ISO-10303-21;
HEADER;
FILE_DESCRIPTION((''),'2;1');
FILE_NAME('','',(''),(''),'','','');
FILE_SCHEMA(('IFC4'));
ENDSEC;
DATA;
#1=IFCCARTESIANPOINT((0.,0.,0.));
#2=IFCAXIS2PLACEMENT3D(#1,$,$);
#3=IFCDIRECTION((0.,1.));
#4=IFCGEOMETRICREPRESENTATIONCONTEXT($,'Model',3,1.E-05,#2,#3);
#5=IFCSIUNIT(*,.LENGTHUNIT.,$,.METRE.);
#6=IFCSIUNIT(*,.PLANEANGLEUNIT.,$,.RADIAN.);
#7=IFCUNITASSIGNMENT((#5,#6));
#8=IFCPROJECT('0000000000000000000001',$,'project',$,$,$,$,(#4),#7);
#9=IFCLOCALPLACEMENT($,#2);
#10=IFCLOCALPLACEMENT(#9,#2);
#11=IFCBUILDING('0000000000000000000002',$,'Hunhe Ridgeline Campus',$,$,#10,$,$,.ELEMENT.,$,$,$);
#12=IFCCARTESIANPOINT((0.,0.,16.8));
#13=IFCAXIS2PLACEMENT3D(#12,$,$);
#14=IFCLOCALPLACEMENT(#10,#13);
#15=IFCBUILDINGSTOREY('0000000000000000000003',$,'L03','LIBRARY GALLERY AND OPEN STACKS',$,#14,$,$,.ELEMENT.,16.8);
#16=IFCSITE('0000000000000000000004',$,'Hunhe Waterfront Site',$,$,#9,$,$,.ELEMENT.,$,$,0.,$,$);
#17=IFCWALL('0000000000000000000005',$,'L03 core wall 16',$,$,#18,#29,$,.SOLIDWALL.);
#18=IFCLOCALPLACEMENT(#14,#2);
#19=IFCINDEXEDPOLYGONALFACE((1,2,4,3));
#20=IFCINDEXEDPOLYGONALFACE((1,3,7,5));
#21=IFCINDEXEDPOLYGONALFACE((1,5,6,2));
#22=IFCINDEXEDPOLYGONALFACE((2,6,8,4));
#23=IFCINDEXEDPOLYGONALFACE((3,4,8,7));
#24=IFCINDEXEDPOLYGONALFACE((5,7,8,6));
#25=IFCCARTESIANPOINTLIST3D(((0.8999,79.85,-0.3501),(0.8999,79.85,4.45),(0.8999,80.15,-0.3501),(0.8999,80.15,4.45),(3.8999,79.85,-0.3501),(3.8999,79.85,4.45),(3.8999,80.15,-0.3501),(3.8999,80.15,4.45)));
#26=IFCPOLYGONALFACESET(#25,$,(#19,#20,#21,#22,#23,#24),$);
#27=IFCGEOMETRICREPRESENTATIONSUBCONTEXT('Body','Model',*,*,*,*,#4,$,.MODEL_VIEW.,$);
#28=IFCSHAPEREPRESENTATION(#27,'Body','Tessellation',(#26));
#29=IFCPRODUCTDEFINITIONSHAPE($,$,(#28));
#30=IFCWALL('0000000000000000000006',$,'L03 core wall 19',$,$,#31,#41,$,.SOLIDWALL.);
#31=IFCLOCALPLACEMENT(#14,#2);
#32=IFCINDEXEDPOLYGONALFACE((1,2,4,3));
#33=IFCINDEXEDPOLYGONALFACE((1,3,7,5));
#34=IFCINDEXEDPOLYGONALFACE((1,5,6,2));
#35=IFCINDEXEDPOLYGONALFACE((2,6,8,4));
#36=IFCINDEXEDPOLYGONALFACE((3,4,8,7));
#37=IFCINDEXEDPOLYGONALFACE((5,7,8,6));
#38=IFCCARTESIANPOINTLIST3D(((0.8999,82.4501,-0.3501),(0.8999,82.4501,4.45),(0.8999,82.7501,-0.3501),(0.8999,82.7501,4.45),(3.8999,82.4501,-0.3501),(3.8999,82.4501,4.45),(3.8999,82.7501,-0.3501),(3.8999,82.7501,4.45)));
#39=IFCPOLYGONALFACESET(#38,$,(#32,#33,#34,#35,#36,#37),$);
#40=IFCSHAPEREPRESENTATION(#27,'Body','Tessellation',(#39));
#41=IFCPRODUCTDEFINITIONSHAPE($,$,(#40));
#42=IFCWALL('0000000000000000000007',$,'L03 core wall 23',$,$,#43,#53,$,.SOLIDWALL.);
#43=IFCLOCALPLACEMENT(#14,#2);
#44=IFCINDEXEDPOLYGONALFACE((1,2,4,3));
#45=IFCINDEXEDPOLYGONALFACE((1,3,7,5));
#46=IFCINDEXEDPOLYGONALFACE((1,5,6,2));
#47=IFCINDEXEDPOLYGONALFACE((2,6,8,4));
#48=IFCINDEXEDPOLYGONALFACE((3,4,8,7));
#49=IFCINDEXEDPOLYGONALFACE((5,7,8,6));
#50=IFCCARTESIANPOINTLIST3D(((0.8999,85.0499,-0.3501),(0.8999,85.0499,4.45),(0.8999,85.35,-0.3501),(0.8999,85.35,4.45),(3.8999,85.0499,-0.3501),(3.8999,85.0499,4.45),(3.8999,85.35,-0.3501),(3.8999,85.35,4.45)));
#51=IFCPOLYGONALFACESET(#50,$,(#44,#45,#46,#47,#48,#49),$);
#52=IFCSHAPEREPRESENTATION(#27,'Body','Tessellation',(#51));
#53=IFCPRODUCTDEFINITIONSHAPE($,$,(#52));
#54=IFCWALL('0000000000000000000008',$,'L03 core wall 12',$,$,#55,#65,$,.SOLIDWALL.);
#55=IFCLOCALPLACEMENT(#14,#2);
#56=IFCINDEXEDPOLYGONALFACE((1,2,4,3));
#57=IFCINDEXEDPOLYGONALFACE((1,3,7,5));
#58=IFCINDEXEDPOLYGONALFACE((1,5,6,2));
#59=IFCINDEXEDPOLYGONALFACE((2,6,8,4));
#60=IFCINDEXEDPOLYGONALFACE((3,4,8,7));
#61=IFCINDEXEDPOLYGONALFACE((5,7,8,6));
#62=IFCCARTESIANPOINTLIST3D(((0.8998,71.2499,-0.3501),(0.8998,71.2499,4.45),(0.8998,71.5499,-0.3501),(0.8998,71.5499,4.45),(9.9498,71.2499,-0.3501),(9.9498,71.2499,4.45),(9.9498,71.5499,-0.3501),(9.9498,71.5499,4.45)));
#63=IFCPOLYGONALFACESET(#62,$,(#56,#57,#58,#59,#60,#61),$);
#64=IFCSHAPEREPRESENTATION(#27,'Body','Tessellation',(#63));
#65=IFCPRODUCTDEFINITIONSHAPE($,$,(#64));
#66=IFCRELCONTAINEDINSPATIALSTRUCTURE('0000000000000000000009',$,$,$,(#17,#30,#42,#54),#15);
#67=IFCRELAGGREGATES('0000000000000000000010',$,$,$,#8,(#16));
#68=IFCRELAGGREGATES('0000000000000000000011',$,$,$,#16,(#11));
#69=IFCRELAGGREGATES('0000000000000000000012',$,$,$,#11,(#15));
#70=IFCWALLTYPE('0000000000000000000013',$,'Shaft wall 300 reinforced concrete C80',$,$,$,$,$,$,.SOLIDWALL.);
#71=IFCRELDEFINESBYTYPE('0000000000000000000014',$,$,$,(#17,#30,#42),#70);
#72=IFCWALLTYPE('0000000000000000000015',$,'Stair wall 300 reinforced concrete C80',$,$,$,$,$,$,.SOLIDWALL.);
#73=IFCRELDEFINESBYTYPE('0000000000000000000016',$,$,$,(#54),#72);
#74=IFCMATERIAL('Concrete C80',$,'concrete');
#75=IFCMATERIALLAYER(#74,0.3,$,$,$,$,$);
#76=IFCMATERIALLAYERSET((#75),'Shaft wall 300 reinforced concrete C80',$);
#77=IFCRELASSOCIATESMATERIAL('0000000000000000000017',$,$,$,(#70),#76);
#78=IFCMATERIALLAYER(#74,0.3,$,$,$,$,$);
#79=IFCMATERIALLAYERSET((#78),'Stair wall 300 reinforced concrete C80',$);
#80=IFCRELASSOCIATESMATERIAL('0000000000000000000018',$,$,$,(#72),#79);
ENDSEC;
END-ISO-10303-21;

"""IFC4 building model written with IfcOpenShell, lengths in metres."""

from ifc_helpers import new_model, si_unit, direction, frame, frame_2d, origin, place, context, subcontext, project, spatial, rectangle, extrude, material, layer, layer_set, type_object, element, save


model = new_model("IFC4")

# Units and contexts
model_context = context("Model", 3, precision=1e-05, world=origin(), true_north=direction((0.0, 1.0)))
body_context = subcontext(model_context, "Body", "Model", "MODEL_VIEW")
ifc_project = project(units=[si_unit("LENGTHUNIT", "METRE"), si_unit("PLANEANGLEUNIT", "RADIAN")], contexts=[model_context])

# Site, building, storey
site_placement = place(None, origin())
site = spatial("IfcSite", under=ifc_project, at=site_placement, Name="Hunhe Waterfront Site", CompositionType="ELEMENT", RefElevation=0.0)
building_placement = place(site_placement, origin())
building = spatial("IfcBuilding", under=site, at=building_placement, Name="Hunhe Ridgeline Campus", CompositionType="ELEMENT")
storey_placement = place(building_placement, frame((0.0, 0.0, 16.8)))
storey = spatial("IfcBuildingStorey", under=building, at=storey_placement, Name="L03", Description="LIBRARY GALLERY AND OPEN STACKS", CompositionType="ELEMENT", Elevation=16.8)

# Shared definitions
ifc_material_1 = material(Name="Concrete C80", Category="concrete")
ifc_layer_1 = layer(ifc_material_1, 0.3)
ifc_layer_set_1 = layer_set([ifc_layer_1], Name="Shaft wall 300 reinforced concrete C80")
wall_type_1 = type_object("IfcWallType", Name="Shaft wall 300 reinforced concrete C80", PredefinedType="SOLIDWALL", material=ifc_layer_set_1)

# Walls
for number, where, z_axis, x_axis, name in (
    (1, (0.8999, 80.0, -0.3501), (0.0, 0.0, 1.0), (1.0, 0.0, 0.0), "L03 core wall 16"),
    (2, (0.8999, 82.6001, -0.3501), (0.0, 0.0, 1.0), (1.0, 0.0, 0.0), "L03 core wall 19"),
    (3, (0.8999, 85.2, -0.3501), (0.0, 0.0, 1.0), (1.0, 0.0, 0.0), "L03 core wall 23"),
):
    element("IfcWall", number, at=place(storey_placement, frame(where, z_axis=z_axis, x_axis=x_axis)), inside=storey, type_object=wall_type_1, Name=name, PredefinedType="SOLIDWALL", context=body_context, shape_type="SweptSolid", body=[
        extrude(rectangle(XDim=3.0, YDim=0.3, at=frame_2d((1.5, 0.0))), origin(), (0.0, 0.0, 1.0), 4.8),
    ])

# Wall
ifc_layer_2 = layer(ifc_material_1, 0.3)
ifc_layer_set_2 = layer_set([ifc_layer_2], Name="Stair wall 300 reinforced concrete C80")
wall_type_2 = type_object("IfcWallType", Name="Stair wall 300 reinforced concrete C80", PredefinedType="SOLIDWALL", material=ifc_layer_set_2)
wall_1_placement = place(storey_placement, frame((0.8999, 71.3999, -0.3501), z_axis=(0.0, 0.0, 1.0), x_axis=(1.0, 0.0, 0.0)))
element("IfcWall", 4, at=wall_1_placement, inside=storey, type_object=wall_type_2, Name="L03 core wall 12", PredefinedType="SOLIDWALL", context=body_context, shape_type="SweptSolid", body=[
    extrude(rectangle(XDim=9.05, YDim=0.3, at=frame_2d((4.5249, 0.0))), origin(), (0.0, 0.0, 1.0), 4.8),
])

save(model, "model.ifc")
